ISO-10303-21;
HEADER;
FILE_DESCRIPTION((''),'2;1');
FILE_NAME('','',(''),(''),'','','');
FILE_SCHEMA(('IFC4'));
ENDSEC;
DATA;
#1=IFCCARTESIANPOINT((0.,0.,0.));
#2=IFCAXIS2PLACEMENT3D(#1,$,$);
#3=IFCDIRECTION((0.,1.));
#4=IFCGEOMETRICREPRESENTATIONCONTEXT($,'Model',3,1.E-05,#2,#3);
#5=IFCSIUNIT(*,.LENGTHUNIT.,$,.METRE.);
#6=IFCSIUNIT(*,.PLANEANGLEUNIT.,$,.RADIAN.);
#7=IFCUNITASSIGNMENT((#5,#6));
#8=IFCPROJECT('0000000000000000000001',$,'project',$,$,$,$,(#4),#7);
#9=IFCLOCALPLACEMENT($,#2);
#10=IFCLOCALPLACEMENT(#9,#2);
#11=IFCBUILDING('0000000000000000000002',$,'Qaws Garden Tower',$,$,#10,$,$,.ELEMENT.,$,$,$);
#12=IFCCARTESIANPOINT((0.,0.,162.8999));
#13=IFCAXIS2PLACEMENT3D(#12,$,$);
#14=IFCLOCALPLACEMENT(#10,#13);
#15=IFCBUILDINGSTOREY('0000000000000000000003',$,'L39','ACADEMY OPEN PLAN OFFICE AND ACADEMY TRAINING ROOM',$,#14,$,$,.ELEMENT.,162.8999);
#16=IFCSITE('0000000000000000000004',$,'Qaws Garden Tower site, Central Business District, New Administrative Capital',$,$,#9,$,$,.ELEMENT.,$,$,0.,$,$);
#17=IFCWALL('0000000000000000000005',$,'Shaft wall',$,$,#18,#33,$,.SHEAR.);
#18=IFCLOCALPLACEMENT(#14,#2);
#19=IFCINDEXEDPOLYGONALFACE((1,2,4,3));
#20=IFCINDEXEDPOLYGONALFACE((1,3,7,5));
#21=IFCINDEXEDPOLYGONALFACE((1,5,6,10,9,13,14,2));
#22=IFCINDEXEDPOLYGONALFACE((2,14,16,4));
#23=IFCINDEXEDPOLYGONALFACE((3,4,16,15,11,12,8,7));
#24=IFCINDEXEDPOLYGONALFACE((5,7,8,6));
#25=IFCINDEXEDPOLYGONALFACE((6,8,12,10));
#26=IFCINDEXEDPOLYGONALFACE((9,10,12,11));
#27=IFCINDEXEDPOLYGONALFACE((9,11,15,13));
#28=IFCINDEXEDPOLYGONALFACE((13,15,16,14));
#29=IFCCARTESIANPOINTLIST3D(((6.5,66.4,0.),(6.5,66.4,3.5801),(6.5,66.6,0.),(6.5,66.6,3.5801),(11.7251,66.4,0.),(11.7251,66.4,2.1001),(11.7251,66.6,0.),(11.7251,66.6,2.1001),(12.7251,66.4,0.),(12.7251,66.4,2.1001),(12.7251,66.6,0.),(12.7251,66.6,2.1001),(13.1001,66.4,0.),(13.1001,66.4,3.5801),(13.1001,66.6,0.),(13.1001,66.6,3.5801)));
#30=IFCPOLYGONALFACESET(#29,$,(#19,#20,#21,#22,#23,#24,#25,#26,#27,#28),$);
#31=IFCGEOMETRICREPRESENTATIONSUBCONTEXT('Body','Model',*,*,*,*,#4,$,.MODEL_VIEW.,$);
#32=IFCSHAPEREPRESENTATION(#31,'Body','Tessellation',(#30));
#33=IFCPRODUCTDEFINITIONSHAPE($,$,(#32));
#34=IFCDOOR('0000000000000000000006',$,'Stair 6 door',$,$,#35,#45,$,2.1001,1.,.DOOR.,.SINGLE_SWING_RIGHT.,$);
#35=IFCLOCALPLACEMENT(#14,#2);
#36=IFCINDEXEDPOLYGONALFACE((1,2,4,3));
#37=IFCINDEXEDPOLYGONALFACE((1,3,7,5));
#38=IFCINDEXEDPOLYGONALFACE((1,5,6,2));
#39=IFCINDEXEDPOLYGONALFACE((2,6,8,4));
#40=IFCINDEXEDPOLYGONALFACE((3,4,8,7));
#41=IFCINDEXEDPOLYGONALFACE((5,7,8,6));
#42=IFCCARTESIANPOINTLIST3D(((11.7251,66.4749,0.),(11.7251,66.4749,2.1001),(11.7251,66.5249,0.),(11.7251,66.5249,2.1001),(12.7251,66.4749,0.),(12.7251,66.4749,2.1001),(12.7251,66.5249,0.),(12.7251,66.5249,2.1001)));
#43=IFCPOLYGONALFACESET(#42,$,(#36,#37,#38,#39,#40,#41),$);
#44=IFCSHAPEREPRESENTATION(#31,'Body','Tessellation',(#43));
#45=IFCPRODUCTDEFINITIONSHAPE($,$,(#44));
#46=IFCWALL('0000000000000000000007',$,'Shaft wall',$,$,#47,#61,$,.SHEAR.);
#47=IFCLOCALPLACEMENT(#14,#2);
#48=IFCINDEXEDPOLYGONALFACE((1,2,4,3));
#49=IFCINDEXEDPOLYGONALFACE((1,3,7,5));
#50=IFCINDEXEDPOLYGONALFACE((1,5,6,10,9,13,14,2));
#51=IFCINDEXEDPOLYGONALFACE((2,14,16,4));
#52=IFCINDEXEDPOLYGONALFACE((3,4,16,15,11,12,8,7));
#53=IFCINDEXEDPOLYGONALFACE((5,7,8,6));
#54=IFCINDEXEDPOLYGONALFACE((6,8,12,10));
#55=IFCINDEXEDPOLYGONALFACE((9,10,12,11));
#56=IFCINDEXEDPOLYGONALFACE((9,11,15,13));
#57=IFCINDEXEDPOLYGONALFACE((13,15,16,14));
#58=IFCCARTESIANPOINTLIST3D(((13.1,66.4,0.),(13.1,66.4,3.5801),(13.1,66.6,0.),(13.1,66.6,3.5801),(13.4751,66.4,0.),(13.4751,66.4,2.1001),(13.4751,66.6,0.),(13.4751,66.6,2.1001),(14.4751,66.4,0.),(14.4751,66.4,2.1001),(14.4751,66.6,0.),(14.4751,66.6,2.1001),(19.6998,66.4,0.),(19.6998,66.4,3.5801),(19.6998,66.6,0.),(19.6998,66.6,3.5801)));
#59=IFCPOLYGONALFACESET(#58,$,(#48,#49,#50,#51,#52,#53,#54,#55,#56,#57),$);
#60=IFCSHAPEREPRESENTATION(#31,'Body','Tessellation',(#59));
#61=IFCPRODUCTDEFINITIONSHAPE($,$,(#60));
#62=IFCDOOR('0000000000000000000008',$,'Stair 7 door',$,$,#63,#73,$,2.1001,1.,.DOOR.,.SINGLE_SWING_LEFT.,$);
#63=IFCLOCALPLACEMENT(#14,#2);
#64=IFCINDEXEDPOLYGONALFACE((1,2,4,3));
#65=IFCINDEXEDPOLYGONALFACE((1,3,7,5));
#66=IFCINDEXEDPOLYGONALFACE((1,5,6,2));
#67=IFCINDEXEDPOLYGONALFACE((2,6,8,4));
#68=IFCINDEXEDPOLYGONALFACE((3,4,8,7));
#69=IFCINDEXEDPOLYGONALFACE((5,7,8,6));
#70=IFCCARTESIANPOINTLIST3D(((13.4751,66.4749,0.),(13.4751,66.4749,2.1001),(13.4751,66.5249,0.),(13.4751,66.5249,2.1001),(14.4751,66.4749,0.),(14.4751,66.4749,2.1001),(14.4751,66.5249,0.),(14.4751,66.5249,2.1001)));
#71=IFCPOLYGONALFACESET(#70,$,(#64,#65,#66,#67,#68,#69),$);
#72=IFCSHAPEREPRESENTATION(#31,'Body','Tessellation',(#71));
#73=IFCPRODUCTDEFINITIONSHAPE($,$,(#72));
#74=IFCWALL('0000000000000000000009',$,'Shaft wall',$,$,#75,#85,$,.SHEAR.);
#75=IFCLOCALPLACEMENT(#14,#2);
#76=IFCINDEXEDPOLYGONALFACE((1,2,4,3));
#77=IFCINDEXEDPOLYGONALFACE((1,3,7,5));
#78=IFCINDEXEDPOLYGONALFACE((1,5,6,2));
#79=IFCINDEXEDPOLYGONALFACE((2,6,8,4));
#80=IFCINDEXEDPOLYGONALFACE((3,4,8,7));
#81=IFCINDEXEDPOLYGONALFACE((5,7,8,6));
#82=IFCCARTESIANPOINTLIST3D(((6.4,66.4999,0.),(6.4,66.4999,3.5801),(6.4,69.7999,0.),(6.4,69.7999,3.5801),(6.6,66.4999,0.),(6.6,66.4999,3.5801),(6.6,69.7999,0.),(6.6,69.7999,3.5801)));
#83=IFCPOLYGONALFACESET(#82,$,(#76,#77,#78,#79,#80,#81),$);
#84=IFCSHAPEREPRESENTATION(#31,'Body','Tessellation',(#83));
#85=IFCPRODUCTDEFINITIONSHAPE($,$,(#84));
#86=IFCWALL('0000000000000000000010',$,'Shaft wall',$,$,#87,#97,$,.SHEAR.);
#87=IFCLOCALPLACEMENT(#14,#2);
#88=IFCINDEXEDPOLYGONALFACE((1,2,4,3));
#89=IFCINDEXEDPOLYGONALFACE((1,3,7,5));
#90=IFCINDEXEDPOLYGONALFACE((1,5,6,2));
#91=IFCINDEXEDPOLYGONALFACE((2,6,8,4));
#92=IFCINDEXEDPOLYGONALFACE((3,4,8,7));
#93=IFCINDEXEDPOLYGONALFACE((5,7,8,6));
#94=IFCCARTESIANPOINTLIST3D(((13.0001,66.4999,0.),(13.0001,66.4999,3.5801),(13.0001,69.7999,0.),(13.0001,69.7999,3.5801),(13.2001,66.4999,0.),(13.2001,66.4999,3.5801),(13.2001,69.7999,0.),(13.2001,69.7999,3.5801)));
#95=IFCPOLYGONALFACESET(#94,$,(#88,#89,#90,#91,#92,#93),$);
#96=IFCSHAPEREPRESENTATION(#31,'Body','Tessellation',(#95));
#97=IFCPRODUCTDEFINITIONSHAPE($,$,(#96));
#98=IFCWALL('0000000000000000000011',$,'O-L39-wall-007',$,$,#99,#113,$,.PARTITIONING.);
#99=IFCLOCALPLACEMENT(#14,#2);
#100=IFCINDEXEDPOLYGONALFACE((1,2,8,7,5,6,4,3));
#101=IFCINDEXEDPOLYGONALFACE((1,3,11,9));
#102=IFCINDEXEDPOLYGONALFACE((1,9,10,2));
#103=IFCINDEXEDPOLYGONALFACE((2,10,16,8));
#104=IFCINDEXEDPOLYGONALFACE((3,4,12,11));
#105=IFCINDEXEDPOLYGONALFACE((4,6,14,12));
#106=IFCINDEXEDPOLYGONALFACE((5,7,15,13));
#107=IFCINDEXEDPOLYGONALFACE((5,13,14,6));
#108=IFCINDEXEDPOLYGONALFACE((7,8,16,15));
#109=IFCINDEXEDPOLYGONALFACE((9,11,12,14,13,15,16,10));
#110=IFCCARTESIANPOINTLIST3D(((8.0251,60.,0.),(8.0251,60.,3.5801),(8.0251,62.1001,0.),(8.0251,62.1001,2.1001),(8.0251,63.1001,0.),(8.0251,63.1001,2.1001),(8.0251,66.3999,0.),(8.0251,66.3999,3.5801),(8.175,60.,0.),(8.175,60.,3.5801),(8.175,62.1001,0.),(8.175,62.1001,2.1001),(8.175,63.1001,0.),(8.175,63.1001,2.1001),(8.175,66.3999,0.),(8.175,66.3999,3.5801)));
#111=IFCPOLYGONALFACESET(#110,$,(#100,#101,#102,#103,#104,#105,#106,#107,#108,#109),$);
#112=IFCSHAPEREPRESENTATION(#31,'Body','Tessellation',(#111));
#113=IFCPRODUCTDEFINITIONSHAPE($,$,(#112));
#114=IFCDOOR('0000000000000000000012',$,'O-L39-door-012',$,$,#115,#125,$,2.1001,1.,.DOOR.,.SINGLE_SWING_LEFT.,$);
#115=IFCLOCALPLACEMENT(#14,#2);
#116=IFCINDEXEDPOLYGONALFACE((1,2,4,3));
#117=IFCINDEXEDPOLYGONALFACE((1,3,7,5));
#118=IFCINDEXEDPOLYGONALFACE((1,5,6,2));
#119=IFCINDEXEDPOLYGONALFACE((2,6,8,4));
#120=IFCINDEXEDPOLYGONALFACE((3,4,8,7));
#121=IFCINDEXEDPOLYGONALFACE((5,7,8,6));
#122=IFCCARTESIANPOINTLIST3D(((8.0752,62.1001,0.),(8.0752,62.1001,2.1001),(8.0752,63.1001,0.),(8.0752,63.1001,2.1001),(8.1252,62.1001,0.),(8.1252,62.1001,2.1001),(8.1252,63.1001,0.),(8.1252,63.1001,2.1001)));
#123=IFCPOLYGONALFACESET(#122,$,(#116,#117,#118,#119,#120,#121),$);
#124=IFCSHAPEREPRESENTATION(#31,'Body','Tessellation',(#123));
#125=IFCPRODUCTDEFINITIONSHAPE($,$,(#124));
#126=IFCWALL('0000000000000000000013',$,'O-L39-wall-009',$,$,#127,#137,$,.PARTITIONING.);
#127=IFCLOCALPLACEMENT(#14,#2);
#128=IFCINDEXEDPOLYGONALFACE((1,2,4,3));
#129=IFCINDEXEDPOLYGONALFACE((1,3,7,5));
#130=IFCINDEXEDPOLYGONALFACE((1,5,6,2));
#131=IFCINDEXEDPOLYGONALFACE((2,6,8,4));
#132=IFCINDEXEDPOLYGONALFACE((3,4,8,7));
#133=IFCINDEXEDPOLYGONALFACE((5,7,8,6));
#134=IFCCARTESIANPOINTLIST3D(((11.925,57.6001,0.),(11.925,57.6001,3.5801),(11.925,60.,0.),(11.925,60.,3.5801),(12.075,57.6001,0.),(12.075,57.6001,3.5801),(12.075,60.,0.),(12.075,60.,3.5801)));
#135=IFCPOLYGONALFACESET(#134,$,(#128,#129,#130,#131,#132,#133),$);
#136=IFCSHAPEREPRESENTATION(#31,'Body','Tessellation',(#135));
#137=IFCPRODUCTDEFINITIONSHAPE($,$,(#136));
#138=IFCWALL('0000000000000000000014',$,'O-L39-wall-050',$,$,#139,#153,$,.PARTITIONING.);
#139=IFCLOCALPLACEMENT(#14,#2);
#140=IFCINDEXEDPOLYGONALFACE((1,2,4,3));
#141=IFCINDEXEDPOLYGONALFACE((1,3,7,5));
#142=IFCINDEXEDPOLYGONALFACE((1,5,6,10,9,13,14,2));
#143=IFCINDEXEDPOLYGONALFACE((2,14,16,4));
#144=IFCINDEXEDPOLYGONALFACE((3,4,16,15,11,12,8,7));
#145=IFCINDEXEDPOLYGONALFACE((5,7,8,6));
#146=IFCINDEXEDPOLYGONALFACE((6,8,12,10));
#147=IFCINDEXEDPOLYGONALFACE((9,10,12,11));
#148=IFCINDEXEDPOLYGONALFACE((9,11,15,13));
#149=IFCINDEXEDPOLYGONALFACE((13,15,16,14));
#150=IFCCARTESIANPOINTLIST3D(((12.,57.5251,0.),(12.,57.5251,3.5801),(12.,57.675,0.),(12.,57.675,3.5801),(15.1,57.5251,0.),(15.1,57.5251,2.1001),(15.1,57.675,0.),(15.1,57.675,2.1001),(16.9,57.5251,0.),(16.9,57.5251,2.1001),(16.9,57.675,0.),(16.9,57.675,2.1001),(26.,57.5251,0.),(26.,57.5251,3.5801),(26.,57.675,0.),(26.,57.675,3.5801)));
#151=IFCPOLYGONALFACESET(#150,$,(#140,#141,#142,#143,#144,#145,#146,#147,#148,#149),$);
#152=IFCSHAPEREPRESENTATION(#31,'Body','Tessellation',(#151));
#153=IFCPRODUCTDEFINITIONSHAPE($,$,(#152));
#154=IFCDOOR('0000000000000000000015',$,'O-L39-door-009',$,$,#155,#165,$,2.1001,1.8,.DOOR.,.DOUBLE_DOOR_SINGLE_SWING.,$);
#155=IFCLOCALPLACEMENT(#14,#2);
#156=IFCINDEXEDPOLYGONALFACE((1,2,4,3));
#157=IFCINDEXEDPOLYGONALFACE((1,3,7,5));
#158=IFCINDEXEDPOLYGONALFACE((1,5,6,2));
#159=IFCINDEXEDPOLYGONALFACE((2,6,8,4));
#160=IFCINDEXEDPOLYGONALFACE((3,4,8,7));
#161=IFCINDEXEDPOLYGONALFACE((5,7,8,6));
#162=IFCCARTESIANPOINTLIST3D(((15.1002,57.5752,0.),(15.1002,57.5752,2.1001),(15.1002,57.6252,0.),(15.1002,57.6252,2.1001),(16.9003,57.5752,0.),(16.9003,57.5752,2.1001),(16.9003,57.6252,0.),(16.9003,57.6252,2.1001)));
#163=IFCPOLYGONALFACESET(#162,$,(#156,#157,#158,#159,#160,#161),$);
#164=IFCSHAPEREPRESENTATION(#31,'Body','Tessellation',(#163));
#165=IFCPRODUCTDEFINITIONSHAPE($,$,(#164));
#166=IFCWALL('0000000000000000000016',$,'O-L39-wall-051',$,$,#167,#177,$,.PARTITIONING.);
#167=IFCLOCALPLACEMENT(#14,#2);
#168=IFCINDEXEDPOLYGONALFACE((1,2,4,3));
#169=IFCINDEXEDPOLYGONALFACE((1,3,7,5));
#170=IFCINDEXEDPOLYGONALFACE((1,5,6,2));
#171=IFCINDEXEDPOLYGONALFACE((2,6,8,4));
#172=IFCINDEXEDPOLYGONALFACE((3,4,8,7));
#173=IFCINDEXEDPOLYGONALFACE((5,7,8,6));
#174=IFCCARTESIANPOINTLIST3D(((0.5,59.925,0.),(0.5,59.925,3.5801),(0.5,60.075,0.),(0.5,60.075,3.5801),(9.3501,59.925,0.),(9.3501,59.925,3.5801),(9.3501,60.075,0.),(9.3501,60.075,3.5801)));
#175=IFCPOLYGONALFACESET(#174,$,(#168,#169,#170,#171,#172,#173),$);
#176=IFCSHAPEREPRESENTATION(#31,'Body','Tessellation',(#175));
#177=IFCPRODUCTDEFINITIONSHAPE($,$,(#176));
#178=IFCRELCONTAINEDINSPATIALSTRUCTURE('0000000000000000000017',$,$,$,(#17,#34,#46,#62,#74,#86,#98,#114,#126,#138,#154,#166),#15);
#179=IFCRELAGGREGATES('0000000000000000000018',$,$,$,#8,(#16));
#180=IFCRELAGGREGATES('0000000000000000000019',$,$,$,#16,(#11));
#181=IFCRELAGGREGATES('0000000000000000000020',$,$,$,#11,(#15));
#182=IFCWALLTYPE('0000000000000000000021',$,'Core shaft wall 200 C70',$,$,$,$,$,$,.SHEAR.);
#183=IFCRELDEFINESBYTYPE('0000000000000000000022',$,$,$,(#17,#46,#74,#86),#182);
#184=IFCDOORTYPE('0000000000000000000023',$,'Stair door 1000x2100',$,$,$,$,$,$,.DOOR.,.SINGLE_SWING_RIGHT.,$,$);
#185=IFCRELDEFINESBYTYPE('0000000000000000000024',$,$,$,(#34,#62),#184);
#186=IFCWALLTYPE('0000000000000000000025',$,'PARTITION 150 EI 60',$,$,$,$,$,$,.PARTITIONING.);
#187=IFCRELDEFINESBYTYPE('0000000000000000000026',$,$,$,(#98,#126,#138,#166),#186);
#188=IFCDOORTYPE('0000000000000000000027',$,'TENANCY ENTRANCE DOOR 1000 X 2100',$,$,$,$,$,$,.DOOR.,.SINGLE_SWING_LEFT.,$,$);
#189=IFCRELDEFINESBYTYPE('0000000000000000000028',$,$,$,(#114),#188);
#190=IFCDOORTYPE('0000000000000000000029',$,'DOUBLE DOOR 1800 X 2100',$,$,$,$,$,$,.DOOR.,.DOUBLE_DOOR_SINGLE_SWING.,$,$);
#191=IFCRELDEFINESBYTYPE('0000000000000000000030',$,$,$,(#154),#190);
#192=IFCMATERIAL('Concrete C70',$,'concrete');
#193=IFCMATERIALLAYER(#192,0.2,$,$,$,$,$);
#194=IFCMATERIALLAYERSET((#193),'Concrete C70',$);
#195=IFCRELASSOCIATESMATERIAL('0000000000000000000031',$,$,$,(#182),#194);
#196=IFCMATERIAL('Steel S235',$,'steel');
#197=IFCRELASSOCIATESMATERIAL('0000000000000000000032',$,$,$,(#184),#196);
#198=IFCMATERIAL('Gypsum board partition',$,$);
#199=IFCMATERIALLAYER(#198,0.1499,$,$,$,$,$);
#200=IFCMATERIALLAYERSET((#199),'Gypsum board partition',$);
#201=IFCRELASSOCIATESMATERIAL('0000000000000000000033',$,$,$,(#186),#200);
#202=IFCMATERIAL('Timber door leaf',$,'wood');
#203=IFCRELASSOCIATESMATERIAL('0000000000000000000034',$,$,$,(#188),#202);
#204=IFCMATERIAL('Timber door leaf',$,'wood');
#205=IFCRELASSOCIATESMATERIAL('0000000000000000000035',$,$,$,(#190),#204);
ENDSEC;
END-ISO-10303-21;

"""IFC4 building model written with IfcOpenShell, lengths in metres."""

from ifc_helpers import new_model, si_unit, direction, frame, frame_2d, origin, place, context, subcontext, project, spatial, rectangle, extrude, material, layer, layer_set, type_object, element, fill, save


model = new_model("IFC4")

# Units and contexts
model_context = context("Model", 3, precision=1e-05, world=origin(), true_north=direction((0.0, 1.0)))
body_context = subcontext(model_context, "Body", "Model", "MODEL_VIEW")
ifc_project = project(units=[si_unit("LENGTHUNIT", "METRE"), si_unit("PLANEANGLEUNIT", "RADIAN")], contexts=[model_context])

# Site, building, storey
site_placement = place(None, origin())
site = spatial("IfcSite", under=ifc_project, at=site_placement, Name="Qaws Garden Tower site, Central Business District, New Administrative Capital", CompositionType="ELEMENT", RefElevation=0.0)
building_placement = place(site_placement, origin())
building = spatial("IfcBuilding", under=site, at=building_placement, Name="Qaws Garden Tower", CompositionType="ELEMENT")
storey_placement = place(building_placement, frame((0.0, 0.0, 162.8999)))
storey = spatial("IfcBuildingStorey", under=building, at=storey_placement, Name="L39", Description="ACADEMY OPEN PLAN OFFICE AND ACADEMY TRAINING ROOM", CompositionType="ELEMENT", Elevation=162.8999)

# Walls, openings, doors
ifc_material_1 = material(Name="Concrete C70", Category="concrete")
ifc_layer_1 = layer(ifc_material_1, 0.2)
ifc_layer_set_1 = layer_set([ifc_layer_1], Name="Concrete C70")
wall_type_1 = type_object("IfcWallType", Name="Core shaft wall 200 C70", PredefinedType="SHEAR", material=ifc_layer_set_1)
wall_1_placement = place(storey_placement, frame((6.5, 66.5, 0.0), z_axis=(0.0, 0.0, 1.0), x_axis=(1.0, 0.0, 0.0)))
wall_1 = element("IfcWall", 1, at=wall_1_placement, inside=storey, type_object=wall_type_1, Name="Shaft wall", PredefinedType="SHEAR", context=body_context, shape_type="SweptSolid", body=[
    extrude(rectangle(XDim=6.6001, YDim=0.2, at=frame_2d((3.3, 0.0))), origin(), (0.0, 0.0, 1.0), 3.5801),
])
opening_1_placement = place(wall_1_placement, frame((5.2251, 0.0, 0.0)))
opening_1 = element("IfcOpeningElement", 2, at=opening_1_placement, cuts=wall_1, PredefinedType="OPENING", context=body_context, shape_type="SweptSolid", body=[
    extrude(rectangle(XDim=1.0, YDim=2.1001, at=frame_2d((0.5, 1.05))), frame((0.0, 0.1099, 0.0), z_axis=(0.0, -1.0, 0.0), x_axis=(1.0, 0.0, 0.0)), (0.0, 0.0, 1.0), 0.22),
])
ifc_material_2 = material(Name="Steel S235", Category="steel")
door_type_1 = type_object("IfcDoorType", Name="Stair door 1000x2100", OperationType="SINGLE_SWING_RIGHT", PredefinedType="DOOR", material=ifc_material_2)
door_1_placement = place(opening_1_placement, origin())
door_1 = element("IfcDoor", 3, at=door_1_placement, inside=storey, type_object=door_type_1, Name="Stair 6 door", OperationType="SINGLE_SWING_RIGHT", OverallHeight=2.1001, OverallWidth=1.0, PredefinedType="DOOR", context=body_context, shape_type="SweptSolid", body=[
    extrude(rectangle(XDim=1.0, YDim=2.1001, at=frame_2d((0.5, 1.05))), frame((0.0, 0.0249, 0.0), z_axis=(0.0, -1.0, 0.0), x_axis=(1.0, 0.0, 0.0)), (0.0, 0.0, 1.0), 0.05),
])
fill(opening_1, door_1)
wall_2_placement = place(storey_placement, frame((13.1001, 66.5, 0.0), z_axis=(0.0, 0.0, 1.0), x_axis=(1.0, 0.0, 0.0)))
wall_2 = element("IfcWall", 4, at=wall_2_placement, inside=storey, type_object=wall_type_1, Name="Shaft wall", PredefinedType="SHEAR", context=body_context, shape_type="SweptSolid", body=[
    extrude(rectangle(XDim=6.5999, YDim=0.2, at=frame_2d((3.2998, 0.0))), origin(), (0.0, 0.0, 1.0), 3.5801),
])
opening_2_placement = place(wall_2_placement, frame((0.375, 0.0, 0.0)))
opening_2 = element("IfcOpeningElement", 5, at=opening_2_placement, cuts=wall_2, PredefinedType="OPENING", context=body_context, shape_type="SweptSolid", body=[
    extrude(rectangle(XDim=1.0, YDim=2.1001, at=frame_2d((0.5, 1.05))), frame((0.0, 0.1099, 0.0), z_axis=(0.0, -1.0, 0.0), x_axis=(1.0, 0.0, 0.0)), (0.0, 0.0, 1.0), 0.22),
])
door_2_placement = place(opening_2_placement, origin())
door_2 = element("IfcDoor", 6, at=door_2_placement, inside=storey, type_object=door_type_1, Name="Stair 7 door", OperationType="SINGLE_SWING_LEFT", OverallHeight=2.1001, OverallWidth=1.0, PredefinedType="DOOR", context=body_context, shape_type="SweptSolid", body=[
    extrude(rectangle(XDim=1.0, YDim=2.1001, at=frame_2d((0.5, 1.05))), frame((0.0, 0.0249, 0.0), z_axis=(0.0, -1.0, 0.0), x_axis=(1.0, 0.0, 0.0)), (0.0, 0.0, 1.0), 0.05),
])
fill(opening_2, door_2)

# Walls
for number, where, z_axis, x_axis, name in (
    (7, (6.5, 66.5, 0.0), (0.0, 0.0, 1.0), (0.0, 1.0, 0.0), "Shaft wall"),
    (8, (13.1001, 66.5, 0.0), (0.0, 0.0, 1.0), (0.0, 1.0, 0.0), "Shaft wall"),
):
    element("IfcWall", number, at=place(storey_placement, frame(where, z_axis=z_axis, x_axis=x_axis)), inside=storey, type_object=wall_type_1, Name=name, PredefinedType="SHEAR", context=body_context, shape_type="SweptSolid", body=[
        extrude(rectangle(XDim=3.3, YDim=0.2, at=frame_2d((1.6499, 0.0))), origin(), (0.0, 0.0, 1.0), 3.5801),
    ])

# Wall, opening, door
ifc_material_3 = material(Name="Gypsum board partition")
ifc_layer_2 = layer(ifc_material_3, 0.1499)
ifc_layer_set_2 = layer_set([ifc_layer_2], Name="Gypsum board partition")
wall_type_2 = type_object("IfcWallType", Name="PARTITION 150 EI 60", PredefinedType="PARTITIONING", material=ifc_layer_set_2)
wall_3_placement = place(storey_placement, frame((8.1001, 60.0, 0.0), z_axis=(0.0, 0.0, 1.0), x_axis=(0.0, 1.0, 0.0)))
wall_3 = element("IfcWall", 9, at=wall_3_placement, inside=storey, type_object=wall_type_2, Name="O-L39-wall-007", PredefinedType="PARTITIONING", context=body_context, shape_type="SweptSolid", body=[
    extrude(rectangle(XDim=6.3999, YDim=0.1499, at=frame_2d((3.2, 0.0))), origin(), (0.0, 0.0, 1.0), 3.5801),
])
opening_3_placement = place(wall_3_placement, frame((2.1001, 0.0, 0.0)))
opening_3 = element("IfcOpeningElement", 10, at=opening_3_placement, cuts=wall_3, PredefinedType="OPENING", context=body_context, shape_type="SweptSolid", body=[
    extrude(rectangle(XDim=1.0, YDim=2.1001, at=frame_2d((0.5, 1.05))), frame((0.0, 0.085, 0.0), z_axis=(0.0, -1.0, 0.0), x_axis=(1.0, 0.0, 0.0)), (0.0, 0.0, 1.0), 0.1699),
])
ifc_material_4 = material(Name="Timber door leaf", Category="wood")
door_type_2 = type_object("IfcDoorType", Name="TENANCY ENTRANCE DOOR 1000 X 2100", OperationType="SINGLE_SWING_LEFT", PredefinedType="DOOR", material=ifc_material_4)
door_3_placement = place(opening_3_placement, origin())
door_3 = element("IfcDoor", 11, at=door_3_placement, inside=storey, type_object=door_type_2, Name="O-L39-door-012", OperationType="SINGLE_SWING_LEFT", OverallHeight=2.1001, OverallWidth=1.0, PredefinedType="DOOR", context=body_context, shape_type="SweptSolid", body=[
    extrude(rectangle(XDim=1.0, YDim=2.1001, at=frame_2d((0.5, 1.05))), frame((0.0, 0.0249, 0.0), z_axis=(0.0, -1.0, 0.0), x_axis=(1.0, 0.0, 0.0)), (0.0, 0.0, 1.0), 0.05),
])
fill(opening_3, door_3)

# Wall
wall_4_placement = place(storey_placement, frame((12.0, 57.6001, 0.0), z_axis=(0.0, 0.0, 1.0), x_axis=(0.0, 1.0, 0.0)))
element("IfcWall", 12, at=wall_4_placement, inside=storey, type_object=wall_type_2, Name="O-L39-wall-009", PredefinedType="PARTITIONING", context=body_context, shape_type="SweptSolid", body=[
    extrude(rectangle(XDim=2.3999, YDim=0.1499, at=frame_2d((1.2, 0.0))), origin(), (0.0, 0.0, 1.0), 3.5801),
])

# Wall, opening, door
wall_5_placement = place(storey_placement, frame((12.0, 57.6001, 0.0), z_axis=(0.0, 0.0, 1.0), x_axis=(1.0, 0.0, 0.0)))
wall_5 = element("IfcWall", 13, at=wall_5_placement, inside=storey, type_object=wall_type_2, Name="O-L39-wall-050", PredefinedType="PARTITIONING", context=body_context, shape_type="SweptSolid", body=[
    extrude(rectangle(XDim=14.0, YDim=0.1499, at=frame_2d((7.0, 0.0))), origin(), (0.0, 0.0, 1.0), 3.5801),
])
opening_4_placement = place(wall_5_placement, frame((3.1001, 0.0, 0.0)))
opening_4 = element("IfcOpeningElement", 14, at=opening_4_placement, cuts=wall_5, PredefinedType="OPENING", context=body_context, shape_type="SweptSolid", body=[
    extrude(rectangle(XDim=1.8, YDim=2.1001, at=frame_2d((0.8999, 1.05))), frame((0.0, 0.085, 0.0), z_axis=(0.0, -1.0, 0.0), x_axis=(1.0, 0.0, 0.0)), (0.0, 0.0, 1.0), 0.1699),
])
ifc_material_5 = material(Name="Timber door leaf", Category="wood")
door_type_3 = type_object("IfcDoorType", Name="DOUBLE DOOR 1800 X 2100", OperationType="DOUBLE_DOOR_SINGLE_SWING", PredefinedType="DOOR", material=ifc_material_5)
door_4_placement = place(opening_4_placement, frame((1.8, 0.0, 0.0), z_axis=(0.0, 0.0, 1.0), x_axis=(-1.0, 0.0, 0.0)))
door_4 = element("IfcDoor", 15, at=door_4_placement, inside=storey, type_object=door_type_3, Name="O-L39-door-009", OperationType="DOUBLE_DOOR_SINGLE_SWING", OverallHeight=2.1001, OverallWidth=1.8, PredefinedType="DOOR", context=body_context, shape_type="SweptSolid", body=[
    extrude(rectangle(XDim=1.8, YDim=2.1001, at=frame_2d((0.8999, 1.05))), frame((0.0, 0.0249, 0.0), z_axis=(0.0, -1.0, 0.0), x_axis=(1.0, 0.0, 0.0)), (0.0, 0.0, 1.0), 0.05),
])
fill(opening_4, door_4)

# Wall
wall_6_placement = place(storey_placement, frame((0.5, 60.0, 0.0), z_axis=(0.0, 0.0, 1.0), x_axis=(1.0, 0.0, 0.0)))
element("IfcWall", 16, at=wall_6_placement, inside=storey, type_object=wall_type_2, Name="O-L39-wall-051", PredefinedType="PARTITIONING", context=body_context, shape_type="SweptSolid", body=[
    extrude(rectangle(XDim=8.8501, YDim=0.1499, at=frame_2d((4.425, 0.0))), origin(), (0.0, 0.0, 1.0), 3.5801),
])

save(model, "model.ifc")
